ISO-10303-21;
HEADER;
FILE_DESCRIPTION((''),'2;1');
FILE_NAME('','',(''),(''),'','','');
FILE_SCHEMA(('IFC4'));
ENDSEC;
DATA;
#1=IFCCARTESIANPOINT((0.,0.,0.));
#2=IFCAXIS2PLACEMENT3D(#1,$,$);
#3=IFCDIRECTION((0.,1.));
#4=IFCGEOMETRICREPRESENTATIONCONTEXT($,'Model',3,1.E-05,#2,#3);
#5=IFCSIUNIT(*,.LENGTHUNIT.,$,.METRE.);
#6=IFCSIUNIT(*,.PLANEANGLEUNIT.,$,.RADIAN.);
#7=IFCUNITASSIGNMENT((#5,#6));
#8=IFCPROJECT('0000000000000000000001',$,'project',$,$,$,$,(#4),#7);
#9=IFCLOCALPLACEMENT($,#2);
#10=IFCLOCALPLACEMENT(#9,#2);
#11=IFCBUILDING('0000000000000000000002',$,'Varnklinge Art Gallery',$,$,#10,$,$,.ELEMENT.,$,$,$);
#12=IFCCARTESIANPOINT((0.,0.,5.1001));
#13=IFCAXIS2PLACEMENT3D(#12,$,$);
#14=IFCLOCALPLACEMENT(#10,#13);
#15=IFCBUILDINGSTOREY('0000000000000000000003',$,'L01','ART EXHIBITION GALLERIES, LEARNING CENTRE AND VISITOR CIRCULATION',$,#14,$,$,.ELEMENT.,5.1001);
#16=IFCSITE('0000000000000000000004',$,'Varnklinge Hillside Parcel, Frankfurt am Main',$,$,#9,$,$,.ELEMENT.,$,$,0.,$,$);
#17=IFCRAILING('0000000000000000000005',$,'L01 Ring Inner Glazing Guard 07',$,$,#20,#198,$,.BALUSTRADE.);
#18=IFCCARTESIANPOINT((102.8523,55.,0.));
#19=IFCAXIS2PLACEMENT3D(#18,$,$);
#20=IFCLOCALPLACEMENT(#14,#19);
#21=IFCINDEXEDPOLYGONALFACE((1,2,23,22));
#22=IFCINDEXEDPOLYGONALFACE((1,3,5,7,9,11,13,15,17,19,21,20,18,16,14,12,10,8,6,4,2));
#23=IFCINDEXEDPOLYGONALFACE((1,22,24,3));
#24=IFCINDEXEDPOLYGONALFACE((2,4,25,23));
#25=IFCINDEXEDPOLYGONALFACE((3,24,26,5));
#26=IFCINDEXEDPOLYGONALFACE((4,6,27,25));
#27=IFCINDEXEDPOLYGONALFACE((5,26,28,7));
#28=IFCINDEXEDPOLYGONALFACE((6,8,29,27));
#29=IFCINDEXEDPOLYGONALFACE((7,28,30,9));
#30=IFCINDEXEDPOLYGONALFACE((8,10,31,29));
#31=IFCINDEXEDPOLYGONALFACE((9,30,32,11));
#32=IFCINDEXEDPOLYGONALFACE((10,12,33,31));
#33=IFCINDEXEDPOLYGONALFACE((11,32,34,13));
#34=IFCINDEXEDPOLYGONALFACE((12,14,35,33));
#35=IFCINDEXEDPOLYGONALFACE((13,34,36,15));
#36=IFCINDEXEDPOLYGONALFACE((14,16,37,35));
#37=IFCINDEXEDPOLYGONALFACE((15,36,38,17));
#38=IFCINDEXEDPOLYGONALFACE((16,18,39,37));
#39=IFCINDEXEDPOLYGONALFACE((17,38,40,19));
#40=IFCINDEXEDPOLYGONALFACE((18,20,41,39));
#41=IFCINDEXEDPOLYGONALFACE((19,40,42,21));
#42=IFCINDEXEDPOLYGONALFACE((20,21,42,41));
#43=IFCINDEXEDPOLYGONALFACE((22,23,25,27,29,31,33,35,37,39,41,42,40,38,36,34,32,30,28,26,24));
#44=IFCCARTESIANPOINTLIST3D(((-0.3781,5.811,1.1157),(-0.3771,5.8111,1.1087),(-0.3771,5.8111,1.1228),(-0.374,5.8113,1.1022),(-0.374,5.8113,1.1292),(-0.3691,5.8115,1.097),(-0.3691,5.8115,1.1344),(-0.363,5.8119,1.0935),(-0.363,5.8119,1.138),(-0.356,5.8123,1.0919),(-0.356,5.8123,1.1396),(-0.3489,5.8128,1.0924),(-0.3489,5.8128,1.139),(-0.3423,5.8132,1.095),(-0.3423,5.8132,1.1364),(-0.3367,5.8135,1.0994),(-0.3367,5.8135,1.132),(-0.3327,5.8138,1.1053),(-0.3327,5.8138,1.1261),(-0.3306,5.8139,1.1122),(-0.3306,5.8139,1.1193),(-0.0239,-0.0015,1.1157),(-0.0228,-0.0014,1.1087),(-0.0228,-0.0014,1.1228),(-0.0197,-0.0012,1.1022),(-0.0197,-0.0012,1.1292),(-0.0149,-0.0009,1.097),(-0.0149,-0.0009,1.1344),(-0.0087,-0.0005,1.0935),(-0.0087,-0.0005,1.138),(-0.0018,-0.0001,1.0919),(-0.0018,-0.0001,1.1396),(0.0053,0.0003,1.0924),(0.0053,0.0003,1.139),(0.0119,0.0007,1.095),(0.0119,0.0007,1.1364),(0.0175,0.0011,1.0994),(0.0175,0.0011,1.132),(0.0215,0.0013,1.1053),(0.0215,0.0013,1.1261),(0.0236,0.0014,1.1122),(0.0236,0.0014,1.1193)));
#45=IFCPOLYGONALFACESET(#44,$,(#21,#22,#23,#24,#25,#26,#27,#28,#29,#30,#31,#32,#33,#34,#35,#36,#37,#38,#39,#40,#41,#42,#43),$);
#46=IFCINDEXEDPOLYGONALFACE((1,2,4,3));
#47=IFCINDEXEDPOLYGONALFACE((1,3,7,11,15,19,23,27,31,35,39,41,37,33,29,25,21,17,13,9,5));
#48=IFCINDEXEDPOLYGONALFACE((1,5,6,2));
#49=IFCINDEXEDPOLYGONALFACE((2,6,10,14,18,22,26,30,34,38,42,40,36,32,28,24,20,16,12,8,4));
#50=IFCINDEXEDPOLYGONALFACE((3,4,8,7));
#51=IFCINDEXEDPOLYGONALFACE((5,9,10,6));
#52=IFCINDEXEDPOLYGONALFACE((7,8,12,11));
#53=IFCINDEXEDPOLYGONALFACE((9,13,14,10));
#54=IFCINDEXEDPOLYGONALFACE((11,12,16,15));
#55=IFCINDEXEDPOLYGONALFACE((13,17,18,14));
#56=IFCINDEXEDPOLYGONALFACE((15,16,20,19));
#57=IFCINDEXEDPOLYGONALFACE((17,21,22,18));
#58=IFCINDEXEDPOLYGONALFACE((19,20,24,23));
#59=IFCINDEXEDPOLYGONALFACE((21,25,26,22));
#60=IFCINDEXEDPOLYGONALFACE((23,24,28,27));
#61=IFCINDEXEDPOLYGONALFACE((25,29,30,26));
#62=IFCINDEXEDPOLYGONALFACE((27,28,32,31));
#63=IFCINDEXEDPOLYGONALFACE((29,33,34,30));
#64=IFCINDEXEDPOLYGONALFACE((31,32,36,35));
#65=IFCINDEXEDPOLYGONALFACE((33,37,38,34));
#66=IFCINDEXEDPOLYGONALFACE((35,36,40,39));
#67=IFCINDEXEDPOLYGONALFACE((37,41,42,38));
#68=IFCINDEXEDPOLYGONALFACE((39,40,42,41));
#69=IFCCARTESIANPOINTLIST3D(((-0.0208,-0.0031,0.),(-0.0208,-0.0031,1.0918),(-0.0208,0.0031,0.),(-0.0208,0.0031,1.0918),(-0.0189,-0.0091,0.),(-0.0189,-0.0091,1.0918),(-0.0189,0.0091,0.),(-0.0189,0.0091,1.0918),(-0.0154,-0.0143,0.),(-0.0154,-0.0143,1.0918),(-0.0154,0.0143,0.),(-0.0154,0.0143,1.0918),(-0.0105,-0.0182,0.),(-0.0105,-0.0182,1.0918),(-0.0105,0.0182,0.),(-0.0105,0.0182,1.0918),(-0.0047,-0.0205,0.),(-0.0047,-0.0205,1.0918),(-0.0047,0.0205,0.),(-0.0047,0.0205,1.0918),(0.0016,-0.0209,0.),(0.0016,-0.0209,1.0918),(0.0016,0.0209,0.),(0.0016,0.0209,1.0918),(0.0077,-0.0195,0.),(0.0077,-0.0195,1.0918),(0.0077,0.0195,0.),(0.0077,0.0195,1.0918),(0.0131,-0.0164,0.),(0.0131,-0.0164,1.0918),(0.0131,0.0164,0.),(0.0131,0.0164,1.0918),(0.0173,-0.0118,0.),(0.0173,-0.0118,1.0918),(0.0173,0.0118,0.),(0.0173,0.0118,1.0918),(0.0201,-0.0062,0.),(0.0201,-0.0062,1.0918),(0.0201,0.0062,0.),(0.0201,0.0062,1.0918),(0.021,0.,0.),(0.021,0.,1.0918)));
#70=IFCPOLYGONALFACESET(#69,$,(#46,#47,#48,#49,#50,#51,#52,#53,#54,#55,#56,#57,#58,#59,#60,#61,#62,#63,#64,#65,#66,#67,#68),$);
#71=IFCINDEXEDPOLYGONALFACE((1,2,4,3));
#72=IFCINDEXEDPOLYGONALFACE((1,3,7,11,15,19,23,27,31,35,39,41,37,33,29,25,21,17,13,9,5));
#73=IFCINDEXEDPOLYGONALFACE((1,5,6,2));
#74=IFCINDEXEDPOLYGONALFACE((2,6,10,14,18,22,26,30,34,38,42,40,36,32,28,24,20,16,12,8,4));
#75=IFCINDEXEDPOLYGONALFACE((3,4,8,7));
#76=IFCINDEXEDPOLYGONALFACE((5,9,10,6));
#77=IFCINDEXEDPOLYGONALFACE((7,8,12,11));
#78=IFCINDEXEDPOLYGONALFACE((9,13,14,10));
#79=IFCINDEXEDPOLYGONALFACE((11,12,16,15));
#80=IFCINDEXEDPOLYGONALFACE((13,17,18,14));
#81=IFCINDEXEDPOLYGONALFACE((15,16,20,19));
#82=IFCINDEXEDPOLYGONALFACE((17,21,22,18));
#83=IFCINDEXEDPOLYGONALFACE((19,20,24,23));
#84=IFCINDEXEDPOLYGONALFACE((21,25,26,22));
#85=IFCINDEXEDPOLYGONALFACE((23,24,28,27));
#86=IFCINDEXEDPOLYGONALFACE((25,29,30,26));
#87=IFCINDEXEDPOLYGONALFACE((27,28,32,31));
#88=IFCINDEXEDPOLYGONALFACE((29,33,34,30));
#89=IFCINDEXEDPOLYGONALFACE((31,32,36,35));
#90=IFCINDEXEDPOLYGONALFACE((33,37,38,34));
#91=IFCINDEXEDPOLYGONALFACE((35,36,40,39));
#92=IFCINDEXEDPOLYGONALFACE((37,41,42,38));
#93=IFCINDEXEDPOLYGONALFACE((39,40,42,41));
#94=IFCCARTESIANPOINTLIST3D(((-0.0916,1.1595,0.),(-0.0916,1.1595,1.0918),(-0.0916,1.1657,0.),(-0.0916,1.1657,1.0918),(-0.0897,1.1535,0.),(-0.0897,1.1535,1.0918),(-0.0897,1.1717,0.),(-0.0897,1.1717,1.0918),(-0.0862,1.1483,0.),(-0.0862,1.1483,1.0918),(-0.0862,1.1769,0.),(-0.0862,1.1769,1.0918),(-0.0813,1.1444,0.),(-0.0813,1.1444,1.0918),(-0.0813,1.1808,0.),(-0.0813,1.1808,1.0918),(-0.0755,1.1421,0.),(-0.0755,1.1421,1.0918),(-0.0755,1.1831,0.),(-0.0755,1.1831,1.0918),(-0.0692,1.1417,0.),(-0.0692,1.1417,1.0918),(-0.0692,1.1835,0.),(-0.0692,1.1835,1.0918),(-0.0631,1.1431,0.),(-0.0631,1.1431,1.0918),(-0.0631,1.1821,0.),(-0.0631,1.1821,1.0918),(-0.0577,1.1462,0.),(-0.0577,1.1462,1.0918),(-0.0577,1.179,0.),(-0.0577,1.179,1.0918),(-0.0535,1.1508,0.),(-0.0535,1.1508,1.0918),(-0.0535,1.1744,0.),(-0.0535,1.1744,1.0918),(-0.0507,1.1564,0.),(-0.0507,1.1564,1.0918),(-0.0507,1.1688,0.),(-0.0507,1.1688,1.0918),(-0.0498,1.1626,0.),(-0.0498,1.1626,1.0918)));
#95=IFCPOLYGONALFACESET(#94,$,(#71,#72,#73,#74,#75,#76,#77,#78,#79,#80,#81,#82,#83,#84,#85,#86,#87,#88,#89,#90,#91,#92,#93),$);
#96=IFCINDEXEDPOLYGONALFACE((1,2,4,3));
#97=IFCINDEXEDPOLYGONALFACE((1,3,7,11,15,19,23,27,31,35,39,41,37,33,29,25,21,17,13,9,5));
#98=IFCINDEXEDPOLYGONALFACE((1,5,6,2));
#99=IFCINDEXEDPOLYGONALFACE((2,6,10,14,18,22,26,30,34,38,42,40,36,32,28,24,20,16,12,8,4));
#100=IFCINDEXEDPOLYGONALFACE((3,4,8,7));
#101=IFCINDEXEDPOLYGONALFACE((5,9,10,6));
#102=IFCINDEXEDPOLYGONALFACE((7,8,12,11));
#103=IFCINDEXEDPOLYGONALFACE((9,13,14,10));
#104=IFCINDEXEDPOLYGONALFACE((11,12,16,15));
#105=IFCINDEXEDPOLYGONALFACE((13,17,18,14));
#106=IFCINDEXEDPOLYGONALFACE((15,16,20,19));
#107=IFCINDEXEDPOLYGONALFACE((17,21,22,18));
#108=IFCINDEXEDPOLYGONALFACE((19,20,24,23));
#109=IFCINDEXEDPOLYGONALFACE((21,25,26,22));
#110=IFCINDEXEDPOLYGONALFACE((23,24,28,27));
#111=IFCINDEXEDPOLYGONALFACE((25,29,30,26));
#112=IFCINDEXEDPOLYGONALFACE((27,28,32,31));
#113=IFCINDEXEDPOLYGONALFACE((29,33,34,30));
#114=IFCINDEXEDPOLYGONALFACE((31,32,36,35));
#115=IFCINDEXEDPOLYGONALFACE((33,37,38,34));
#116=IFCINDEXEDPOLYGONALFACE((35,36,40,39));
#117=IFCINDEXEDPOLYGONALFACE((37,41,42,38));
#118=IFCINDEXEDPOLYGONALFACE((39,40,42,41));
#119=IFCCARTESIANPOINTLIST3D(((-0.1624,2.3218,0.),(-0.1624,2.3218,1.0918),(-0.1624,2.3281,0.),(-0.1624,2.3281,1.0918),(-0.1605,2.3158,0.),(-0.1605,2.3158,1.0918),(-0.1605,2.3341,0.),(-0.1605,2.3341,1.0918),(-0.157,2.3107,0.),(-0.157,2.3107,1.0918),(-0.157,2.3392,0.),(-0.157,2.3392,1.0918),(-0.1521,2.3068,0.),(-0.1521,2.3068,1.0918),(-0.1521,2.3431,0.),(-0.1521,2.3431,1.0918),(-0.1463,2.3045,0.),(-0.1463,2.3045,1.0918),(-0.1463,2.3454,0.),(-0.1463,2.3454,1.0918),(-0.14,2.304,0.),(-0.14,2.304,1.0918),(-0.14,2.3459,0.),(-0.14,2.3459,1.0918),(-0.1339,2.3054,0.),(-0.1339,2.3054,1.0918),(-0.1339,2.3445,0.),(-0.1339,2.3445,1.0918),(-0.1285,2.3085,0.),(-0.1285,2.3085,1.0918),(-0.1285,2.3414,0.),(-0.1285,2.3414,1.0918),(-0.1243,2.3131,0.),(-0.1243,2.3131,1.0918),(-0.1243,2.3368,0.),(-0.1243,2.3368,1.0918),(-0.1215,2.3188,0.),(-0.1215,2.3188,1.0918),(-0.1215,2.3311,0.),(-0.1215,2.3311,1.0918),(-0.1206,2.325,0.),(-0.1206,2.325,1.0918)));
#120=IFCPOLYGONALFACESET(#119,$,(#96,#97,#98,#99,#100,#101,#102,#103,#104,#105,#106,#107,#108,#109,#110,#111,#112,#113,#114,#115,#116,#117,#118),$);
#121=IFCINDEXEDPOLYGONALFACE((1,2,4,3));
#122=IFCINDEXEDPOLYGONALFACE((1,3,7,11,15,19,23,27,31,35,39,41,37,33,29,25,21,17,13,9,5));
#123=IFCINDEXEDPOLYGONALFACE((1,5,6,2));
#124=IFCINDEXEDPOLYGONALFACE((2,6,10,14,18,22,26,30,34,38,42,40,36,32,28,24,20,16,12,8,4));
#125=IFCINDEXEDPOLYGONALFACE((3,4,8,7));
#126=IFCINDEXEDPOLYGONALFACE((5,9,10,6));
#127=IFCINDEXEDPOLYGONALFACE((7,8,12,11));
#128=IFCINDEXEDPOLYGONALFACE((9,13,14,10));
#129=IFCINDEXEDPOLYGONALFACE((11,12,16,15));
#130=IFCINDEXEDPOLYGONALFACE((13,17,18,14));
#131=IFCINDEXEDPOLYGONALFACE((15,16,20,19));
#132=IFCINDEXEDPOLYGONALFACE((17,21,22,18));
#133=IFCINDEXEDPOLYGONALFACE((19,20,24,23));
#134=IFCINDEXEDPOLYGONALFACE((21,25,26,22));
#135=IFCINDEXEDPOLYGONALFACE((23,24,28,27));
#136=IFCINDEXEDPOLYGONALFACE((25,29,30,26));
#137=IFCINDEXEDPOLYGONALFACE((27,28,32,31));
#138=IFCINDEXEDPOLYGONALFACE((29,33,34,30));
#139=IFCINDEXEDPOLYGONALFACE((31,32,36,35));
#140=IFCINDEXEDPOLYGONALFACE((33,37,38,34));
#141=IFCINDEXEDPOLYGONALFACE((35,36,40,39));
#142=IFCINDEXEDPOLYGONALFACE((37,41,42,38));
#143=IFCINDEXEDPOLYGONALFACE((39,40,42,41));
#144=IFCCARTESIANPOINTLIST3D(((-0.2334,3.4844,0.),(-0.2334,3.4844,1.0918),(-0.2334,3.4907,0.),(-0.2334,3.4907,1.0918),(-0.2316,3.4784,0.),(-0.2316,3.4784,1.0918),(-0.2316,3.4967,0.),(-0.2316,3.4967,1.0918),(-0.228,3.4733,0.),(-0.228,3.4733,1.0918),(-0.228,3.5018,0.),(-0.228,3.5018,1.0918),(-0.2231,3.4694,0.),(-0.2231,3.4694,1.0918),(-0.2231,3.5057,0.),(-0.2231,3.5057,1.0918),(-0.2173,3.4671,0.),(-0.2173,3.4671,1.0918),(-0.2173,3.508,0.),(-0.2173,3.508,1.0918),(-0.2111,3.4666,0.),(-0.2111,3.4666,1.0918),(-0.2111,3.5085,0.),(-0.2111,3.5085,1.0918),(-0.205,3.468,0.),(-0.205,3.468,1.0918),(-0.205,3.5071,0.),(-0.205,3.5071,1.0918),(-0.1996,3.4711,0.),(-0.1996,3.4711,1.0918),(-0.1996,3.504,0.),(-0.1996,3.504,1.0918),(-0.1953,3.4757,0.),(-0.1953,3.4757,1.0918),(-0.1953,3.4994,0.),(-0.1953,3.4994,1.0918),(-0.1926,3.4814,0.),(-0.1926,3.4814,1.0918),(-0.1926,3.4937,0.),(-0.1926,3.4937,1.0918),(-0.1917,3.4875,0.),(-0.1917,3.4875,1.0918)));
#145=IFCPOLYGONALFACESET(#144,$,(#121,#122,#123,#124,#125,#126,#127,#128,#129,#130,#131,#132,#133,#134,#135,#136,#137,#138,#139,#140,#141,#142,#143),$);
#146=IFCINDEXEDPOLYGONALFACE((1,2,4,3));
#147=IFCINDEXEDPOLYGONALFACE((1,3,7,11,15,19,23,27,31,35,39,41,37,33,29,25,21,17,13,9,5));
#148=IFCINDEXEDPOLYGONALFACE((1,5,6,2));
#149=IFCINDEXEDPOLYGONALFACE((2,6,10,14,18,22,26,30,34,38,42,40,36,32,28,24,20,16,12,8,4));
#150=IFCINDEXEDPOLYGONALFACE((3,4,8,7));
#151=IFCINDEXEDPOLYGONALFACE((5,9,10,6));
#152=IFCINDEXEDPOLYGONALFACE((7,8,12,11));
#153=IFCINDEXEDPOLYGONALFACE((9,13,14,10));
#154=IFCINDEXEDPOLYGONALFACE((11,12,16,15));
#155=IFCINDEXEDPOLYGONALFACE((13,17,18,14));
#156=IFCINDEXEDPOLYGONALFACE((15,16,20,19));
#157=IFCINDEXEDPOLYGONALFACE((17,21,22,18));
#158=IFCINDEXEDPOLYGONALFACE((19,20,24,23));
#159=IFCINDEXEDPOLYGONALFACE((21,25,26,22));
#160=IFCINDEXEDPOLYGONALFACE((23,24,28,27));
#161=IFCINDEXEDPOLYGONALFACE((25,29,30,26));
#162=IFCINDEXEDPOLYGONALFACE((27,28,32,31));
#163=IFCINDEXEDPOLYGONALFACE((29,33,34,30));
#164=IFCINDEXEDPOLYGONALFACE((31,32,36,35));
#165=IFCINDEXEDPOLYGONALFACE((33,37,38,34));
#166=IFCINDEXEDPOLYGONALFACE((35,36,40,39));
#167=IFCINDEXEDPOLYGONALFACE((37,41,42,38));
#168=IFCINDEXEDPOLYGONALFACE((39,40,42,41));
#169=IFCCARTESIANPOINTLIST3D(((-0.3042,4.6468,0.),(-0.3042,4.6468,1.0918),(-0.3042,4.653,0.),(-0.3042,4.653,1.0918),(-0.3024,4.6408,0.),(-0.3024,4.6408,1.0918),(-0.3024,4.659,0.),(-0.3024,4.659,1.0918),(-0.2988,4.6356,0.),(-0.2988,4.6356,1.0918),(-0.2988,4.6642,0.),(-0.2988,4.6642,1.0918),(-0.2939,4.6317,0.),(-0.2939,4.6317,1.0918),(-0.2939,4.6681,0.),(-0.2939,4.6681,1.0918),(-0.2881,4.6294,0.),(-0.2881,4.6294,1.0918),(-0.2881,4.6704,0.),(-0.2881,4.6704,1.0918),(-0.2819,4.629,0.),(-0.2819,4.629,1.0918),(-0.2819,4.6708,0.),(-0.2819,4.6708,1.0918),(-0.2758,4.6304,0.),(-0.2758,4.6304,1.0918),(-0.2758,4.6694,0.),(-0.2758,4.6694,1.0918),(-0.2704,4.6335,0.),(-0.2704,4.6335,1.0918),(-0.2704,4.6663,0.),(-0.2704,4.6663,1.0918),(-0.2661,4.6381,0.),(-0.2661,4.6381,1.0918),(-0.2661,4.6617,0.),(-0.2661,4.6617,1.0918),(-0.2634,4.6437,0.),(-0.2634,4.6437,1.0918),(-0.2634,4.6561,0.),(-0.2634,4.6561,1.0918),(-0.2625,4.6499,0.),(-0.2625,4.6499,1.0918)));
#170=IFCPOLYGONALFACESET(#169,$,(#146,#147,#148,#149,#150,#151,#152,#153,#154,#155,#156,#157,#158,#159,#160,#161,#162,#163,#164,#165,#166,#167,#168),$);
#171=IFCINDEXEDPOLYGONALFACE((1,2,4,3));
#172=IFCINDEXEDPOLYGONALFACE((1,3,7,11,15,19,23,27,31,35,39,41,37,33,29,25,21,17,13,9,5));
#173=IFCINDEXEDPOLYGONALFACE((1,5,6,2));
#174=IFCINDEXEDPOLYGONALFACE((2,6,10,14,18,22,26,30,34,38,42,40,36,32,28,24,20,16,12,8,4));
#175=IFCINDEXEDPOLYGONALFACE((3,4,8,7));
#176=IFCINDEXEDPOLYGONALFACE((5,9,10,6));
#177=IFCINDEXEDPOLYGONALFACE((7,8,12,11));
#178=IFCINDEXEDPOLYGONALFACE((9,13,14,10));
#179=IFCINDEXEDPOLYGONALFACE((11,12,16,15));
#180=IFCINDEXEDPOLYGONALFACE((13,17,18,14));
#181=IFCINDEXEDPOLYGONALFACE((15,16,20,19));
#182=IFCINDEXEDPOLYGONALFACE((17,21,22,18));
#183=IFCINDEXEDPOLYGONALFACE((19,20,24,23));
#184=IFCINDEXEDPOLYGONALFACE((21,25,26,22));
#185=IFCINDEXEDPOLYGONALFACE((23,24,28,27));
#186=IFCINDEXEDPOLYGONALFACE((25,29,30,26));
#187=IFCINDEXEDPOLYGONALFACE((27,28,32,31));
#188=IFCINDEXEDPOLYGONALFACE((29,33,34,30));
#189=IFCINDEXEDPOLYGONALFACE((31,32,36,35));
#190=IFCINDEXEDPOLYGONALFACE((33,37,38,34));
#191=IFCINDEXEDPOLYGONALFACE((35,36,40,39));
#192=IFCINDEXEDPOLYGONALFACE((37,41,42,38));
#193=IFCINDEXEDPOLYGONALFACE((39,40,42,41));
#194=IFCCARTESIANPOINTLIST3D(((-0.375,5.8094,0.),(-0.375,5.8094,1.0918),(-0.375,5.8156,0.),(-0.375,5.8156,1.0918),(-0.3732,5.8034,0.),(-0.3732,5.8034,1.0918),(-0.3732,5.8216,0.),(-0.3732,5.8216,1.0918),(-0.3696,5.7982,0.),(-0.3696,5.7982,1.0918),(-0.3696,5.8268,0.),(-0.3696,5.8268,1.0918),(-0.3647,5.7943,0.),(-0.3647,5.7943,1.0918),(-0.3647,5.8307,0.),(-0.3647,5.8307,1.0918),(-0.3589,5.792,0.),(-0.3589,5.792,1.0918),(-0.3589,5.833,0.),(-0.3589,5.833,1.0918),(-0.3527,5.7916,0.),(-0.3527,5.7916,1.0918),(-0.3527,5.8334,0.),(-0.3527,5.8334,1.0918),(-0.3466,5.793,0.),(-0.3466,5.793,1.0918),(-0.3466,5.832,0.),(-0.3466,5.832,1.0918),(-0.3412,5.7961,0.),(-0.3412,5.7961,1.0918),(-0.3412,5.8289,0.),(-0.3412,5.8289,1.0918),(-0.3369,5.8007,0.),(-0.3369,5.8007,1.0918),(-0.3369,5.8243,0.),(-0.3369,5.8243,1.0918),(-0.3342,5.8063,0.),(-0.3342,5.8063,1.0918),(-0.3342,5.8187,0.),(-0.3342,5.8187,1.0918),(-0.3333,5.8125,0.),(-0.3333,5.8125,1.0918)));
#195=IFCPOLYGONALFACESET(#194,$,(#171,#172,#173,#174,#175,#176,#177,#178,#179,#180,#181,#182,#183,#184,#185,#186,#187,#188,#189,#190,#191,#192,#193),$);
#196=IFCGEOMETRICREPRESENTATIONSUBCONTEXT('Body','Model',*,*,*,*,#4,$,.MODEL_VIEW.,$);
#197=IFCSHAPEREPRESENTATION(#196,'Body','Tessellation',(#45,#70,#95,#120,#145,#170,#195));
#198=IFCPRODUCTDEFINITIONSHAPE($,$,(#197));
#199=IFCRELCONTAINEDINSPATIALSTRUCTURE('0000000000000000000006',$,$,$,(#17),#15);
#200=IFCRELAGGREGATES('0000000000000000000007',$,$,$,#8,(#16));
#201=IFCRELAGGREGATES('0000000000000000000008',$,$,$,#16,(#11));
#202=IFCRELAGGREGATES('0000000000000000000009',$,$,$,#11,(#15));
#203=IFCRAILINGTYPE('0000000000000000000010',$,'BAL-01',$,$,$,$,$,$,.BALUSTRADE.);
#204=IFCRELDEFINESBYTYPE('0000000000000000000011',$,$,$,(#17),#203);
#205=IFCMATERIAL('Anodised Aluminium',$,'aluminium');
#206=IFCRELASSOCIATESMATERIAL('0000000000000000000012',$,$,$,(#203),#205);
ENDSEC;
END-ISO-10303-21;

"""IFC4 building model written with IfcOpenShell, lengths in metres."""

from ifc_helpers import new_model, si_unit, direction, frame, origin, origin_2d, place, context, subcontext, project, spatial, circle, extrude, material, type_object, element, save


model = new_model("IFC4")

# Units and contexts
model_context = context("Model", 3, precision=1e-05, world=origin(), true_north=direction((0.0, 1.0)))
body_context = subcontext(model_context, "Body", "Model", "MODEL_VIEW")
ifc_project = project(units=[si_unit("LENGTHUNIT", "METRE"), si_unit("PLANEANGLEUNIT", "RADIAN")], contexts=[model_context])

# Site, building, storey
site_placement = place(None, origin())
site = spatial("IfcSite", under=ifc_project, at=site_placement, Name="Varnklinge Hillside Parcel, Frankfurt am Main", CompositionType="ELEMENT", RefElevation=0.0)
building_placement = place(site_placement, origin())
building = spatial("IfcBuilding", under=site, at=building_placement, Name="Varnklinge Art Gallery", CompositionType="ELEMENT")
storey_placement = place(building_placement, frame((0.0, 0.0, 5.1001)))
storey = spatial("IfcBuildingStorey", under=building, at=storey_placement, Name="L01", Description="ART EXHIBITION GALLERIES, LEARNING CENTRE AND VISITOR CIRCULATION", CompositionType="ELEMENT", Elevation=5.1001)

# Railing
ifc_material_1 = material(Name="Anodised Aluminium", Category="aluminium")
railing_type = type_object("IfcRailingType", Name="BAL-01", PredefinedType="BALUSTRADE", material=ifc_material_1)
railing_1_placement = place(storey_placement, frame((102.8523, 55.0, 0.0)))
element("IfcRailing", 1, at=railing_1_placement, inside=storey, type_object=railing_type, Name="L01 Ring Inner Glazing Guard 07", PredefinedType="BALUSTRADE", context=body_context, shape_type="SweptSolid", body=[
    extrude(circle(Radius=0.0239, at=origin_2d()), frame((0.0, 0.0, 1.1157), z_axis=(-0.060833, 0.998148, 0.0), x_axis=(-0.998148, -0.060833, 0.0)), (0.0, 0.0, 1.0), 5.8232),
    extrude(circle(Radius=0.021, at=origin_2d()), origin(), (0.0, 0.0, 1.0), 1.0918),
    extrude(circle(Radius=0.021, at=origin_2d()), frame((-0.0708, 1.1626, 0.0)), (0.0, 0.0, 1.0), 1.0918),
    extrude(circle(Radius=0.021, at=origin_2d()), frame((-0.1416, 2.325, 0.0)), (0.0, 0.0, 1.0), 1.0918),
    extrude(circle(Radius=0.021, at=origin_2d()), frame((-0.2126, 3.4875, 0.0)), (0.0, 0.0, 1.0), 1.0918),
    extrude(circle(Radius=0.021, at=origin_2d()), frame((-0.2834, 4.6499, 0.0)), (0.0, 0.0, 1.0), 1.0918),
    extrude(circle(Radius=0.021, at=origin_2d()), frame((-0.3542, 5.8125, 0.0)), (0.0, 0.0, 1.0), 1.0918),
])

save(model, "model.ifc")
